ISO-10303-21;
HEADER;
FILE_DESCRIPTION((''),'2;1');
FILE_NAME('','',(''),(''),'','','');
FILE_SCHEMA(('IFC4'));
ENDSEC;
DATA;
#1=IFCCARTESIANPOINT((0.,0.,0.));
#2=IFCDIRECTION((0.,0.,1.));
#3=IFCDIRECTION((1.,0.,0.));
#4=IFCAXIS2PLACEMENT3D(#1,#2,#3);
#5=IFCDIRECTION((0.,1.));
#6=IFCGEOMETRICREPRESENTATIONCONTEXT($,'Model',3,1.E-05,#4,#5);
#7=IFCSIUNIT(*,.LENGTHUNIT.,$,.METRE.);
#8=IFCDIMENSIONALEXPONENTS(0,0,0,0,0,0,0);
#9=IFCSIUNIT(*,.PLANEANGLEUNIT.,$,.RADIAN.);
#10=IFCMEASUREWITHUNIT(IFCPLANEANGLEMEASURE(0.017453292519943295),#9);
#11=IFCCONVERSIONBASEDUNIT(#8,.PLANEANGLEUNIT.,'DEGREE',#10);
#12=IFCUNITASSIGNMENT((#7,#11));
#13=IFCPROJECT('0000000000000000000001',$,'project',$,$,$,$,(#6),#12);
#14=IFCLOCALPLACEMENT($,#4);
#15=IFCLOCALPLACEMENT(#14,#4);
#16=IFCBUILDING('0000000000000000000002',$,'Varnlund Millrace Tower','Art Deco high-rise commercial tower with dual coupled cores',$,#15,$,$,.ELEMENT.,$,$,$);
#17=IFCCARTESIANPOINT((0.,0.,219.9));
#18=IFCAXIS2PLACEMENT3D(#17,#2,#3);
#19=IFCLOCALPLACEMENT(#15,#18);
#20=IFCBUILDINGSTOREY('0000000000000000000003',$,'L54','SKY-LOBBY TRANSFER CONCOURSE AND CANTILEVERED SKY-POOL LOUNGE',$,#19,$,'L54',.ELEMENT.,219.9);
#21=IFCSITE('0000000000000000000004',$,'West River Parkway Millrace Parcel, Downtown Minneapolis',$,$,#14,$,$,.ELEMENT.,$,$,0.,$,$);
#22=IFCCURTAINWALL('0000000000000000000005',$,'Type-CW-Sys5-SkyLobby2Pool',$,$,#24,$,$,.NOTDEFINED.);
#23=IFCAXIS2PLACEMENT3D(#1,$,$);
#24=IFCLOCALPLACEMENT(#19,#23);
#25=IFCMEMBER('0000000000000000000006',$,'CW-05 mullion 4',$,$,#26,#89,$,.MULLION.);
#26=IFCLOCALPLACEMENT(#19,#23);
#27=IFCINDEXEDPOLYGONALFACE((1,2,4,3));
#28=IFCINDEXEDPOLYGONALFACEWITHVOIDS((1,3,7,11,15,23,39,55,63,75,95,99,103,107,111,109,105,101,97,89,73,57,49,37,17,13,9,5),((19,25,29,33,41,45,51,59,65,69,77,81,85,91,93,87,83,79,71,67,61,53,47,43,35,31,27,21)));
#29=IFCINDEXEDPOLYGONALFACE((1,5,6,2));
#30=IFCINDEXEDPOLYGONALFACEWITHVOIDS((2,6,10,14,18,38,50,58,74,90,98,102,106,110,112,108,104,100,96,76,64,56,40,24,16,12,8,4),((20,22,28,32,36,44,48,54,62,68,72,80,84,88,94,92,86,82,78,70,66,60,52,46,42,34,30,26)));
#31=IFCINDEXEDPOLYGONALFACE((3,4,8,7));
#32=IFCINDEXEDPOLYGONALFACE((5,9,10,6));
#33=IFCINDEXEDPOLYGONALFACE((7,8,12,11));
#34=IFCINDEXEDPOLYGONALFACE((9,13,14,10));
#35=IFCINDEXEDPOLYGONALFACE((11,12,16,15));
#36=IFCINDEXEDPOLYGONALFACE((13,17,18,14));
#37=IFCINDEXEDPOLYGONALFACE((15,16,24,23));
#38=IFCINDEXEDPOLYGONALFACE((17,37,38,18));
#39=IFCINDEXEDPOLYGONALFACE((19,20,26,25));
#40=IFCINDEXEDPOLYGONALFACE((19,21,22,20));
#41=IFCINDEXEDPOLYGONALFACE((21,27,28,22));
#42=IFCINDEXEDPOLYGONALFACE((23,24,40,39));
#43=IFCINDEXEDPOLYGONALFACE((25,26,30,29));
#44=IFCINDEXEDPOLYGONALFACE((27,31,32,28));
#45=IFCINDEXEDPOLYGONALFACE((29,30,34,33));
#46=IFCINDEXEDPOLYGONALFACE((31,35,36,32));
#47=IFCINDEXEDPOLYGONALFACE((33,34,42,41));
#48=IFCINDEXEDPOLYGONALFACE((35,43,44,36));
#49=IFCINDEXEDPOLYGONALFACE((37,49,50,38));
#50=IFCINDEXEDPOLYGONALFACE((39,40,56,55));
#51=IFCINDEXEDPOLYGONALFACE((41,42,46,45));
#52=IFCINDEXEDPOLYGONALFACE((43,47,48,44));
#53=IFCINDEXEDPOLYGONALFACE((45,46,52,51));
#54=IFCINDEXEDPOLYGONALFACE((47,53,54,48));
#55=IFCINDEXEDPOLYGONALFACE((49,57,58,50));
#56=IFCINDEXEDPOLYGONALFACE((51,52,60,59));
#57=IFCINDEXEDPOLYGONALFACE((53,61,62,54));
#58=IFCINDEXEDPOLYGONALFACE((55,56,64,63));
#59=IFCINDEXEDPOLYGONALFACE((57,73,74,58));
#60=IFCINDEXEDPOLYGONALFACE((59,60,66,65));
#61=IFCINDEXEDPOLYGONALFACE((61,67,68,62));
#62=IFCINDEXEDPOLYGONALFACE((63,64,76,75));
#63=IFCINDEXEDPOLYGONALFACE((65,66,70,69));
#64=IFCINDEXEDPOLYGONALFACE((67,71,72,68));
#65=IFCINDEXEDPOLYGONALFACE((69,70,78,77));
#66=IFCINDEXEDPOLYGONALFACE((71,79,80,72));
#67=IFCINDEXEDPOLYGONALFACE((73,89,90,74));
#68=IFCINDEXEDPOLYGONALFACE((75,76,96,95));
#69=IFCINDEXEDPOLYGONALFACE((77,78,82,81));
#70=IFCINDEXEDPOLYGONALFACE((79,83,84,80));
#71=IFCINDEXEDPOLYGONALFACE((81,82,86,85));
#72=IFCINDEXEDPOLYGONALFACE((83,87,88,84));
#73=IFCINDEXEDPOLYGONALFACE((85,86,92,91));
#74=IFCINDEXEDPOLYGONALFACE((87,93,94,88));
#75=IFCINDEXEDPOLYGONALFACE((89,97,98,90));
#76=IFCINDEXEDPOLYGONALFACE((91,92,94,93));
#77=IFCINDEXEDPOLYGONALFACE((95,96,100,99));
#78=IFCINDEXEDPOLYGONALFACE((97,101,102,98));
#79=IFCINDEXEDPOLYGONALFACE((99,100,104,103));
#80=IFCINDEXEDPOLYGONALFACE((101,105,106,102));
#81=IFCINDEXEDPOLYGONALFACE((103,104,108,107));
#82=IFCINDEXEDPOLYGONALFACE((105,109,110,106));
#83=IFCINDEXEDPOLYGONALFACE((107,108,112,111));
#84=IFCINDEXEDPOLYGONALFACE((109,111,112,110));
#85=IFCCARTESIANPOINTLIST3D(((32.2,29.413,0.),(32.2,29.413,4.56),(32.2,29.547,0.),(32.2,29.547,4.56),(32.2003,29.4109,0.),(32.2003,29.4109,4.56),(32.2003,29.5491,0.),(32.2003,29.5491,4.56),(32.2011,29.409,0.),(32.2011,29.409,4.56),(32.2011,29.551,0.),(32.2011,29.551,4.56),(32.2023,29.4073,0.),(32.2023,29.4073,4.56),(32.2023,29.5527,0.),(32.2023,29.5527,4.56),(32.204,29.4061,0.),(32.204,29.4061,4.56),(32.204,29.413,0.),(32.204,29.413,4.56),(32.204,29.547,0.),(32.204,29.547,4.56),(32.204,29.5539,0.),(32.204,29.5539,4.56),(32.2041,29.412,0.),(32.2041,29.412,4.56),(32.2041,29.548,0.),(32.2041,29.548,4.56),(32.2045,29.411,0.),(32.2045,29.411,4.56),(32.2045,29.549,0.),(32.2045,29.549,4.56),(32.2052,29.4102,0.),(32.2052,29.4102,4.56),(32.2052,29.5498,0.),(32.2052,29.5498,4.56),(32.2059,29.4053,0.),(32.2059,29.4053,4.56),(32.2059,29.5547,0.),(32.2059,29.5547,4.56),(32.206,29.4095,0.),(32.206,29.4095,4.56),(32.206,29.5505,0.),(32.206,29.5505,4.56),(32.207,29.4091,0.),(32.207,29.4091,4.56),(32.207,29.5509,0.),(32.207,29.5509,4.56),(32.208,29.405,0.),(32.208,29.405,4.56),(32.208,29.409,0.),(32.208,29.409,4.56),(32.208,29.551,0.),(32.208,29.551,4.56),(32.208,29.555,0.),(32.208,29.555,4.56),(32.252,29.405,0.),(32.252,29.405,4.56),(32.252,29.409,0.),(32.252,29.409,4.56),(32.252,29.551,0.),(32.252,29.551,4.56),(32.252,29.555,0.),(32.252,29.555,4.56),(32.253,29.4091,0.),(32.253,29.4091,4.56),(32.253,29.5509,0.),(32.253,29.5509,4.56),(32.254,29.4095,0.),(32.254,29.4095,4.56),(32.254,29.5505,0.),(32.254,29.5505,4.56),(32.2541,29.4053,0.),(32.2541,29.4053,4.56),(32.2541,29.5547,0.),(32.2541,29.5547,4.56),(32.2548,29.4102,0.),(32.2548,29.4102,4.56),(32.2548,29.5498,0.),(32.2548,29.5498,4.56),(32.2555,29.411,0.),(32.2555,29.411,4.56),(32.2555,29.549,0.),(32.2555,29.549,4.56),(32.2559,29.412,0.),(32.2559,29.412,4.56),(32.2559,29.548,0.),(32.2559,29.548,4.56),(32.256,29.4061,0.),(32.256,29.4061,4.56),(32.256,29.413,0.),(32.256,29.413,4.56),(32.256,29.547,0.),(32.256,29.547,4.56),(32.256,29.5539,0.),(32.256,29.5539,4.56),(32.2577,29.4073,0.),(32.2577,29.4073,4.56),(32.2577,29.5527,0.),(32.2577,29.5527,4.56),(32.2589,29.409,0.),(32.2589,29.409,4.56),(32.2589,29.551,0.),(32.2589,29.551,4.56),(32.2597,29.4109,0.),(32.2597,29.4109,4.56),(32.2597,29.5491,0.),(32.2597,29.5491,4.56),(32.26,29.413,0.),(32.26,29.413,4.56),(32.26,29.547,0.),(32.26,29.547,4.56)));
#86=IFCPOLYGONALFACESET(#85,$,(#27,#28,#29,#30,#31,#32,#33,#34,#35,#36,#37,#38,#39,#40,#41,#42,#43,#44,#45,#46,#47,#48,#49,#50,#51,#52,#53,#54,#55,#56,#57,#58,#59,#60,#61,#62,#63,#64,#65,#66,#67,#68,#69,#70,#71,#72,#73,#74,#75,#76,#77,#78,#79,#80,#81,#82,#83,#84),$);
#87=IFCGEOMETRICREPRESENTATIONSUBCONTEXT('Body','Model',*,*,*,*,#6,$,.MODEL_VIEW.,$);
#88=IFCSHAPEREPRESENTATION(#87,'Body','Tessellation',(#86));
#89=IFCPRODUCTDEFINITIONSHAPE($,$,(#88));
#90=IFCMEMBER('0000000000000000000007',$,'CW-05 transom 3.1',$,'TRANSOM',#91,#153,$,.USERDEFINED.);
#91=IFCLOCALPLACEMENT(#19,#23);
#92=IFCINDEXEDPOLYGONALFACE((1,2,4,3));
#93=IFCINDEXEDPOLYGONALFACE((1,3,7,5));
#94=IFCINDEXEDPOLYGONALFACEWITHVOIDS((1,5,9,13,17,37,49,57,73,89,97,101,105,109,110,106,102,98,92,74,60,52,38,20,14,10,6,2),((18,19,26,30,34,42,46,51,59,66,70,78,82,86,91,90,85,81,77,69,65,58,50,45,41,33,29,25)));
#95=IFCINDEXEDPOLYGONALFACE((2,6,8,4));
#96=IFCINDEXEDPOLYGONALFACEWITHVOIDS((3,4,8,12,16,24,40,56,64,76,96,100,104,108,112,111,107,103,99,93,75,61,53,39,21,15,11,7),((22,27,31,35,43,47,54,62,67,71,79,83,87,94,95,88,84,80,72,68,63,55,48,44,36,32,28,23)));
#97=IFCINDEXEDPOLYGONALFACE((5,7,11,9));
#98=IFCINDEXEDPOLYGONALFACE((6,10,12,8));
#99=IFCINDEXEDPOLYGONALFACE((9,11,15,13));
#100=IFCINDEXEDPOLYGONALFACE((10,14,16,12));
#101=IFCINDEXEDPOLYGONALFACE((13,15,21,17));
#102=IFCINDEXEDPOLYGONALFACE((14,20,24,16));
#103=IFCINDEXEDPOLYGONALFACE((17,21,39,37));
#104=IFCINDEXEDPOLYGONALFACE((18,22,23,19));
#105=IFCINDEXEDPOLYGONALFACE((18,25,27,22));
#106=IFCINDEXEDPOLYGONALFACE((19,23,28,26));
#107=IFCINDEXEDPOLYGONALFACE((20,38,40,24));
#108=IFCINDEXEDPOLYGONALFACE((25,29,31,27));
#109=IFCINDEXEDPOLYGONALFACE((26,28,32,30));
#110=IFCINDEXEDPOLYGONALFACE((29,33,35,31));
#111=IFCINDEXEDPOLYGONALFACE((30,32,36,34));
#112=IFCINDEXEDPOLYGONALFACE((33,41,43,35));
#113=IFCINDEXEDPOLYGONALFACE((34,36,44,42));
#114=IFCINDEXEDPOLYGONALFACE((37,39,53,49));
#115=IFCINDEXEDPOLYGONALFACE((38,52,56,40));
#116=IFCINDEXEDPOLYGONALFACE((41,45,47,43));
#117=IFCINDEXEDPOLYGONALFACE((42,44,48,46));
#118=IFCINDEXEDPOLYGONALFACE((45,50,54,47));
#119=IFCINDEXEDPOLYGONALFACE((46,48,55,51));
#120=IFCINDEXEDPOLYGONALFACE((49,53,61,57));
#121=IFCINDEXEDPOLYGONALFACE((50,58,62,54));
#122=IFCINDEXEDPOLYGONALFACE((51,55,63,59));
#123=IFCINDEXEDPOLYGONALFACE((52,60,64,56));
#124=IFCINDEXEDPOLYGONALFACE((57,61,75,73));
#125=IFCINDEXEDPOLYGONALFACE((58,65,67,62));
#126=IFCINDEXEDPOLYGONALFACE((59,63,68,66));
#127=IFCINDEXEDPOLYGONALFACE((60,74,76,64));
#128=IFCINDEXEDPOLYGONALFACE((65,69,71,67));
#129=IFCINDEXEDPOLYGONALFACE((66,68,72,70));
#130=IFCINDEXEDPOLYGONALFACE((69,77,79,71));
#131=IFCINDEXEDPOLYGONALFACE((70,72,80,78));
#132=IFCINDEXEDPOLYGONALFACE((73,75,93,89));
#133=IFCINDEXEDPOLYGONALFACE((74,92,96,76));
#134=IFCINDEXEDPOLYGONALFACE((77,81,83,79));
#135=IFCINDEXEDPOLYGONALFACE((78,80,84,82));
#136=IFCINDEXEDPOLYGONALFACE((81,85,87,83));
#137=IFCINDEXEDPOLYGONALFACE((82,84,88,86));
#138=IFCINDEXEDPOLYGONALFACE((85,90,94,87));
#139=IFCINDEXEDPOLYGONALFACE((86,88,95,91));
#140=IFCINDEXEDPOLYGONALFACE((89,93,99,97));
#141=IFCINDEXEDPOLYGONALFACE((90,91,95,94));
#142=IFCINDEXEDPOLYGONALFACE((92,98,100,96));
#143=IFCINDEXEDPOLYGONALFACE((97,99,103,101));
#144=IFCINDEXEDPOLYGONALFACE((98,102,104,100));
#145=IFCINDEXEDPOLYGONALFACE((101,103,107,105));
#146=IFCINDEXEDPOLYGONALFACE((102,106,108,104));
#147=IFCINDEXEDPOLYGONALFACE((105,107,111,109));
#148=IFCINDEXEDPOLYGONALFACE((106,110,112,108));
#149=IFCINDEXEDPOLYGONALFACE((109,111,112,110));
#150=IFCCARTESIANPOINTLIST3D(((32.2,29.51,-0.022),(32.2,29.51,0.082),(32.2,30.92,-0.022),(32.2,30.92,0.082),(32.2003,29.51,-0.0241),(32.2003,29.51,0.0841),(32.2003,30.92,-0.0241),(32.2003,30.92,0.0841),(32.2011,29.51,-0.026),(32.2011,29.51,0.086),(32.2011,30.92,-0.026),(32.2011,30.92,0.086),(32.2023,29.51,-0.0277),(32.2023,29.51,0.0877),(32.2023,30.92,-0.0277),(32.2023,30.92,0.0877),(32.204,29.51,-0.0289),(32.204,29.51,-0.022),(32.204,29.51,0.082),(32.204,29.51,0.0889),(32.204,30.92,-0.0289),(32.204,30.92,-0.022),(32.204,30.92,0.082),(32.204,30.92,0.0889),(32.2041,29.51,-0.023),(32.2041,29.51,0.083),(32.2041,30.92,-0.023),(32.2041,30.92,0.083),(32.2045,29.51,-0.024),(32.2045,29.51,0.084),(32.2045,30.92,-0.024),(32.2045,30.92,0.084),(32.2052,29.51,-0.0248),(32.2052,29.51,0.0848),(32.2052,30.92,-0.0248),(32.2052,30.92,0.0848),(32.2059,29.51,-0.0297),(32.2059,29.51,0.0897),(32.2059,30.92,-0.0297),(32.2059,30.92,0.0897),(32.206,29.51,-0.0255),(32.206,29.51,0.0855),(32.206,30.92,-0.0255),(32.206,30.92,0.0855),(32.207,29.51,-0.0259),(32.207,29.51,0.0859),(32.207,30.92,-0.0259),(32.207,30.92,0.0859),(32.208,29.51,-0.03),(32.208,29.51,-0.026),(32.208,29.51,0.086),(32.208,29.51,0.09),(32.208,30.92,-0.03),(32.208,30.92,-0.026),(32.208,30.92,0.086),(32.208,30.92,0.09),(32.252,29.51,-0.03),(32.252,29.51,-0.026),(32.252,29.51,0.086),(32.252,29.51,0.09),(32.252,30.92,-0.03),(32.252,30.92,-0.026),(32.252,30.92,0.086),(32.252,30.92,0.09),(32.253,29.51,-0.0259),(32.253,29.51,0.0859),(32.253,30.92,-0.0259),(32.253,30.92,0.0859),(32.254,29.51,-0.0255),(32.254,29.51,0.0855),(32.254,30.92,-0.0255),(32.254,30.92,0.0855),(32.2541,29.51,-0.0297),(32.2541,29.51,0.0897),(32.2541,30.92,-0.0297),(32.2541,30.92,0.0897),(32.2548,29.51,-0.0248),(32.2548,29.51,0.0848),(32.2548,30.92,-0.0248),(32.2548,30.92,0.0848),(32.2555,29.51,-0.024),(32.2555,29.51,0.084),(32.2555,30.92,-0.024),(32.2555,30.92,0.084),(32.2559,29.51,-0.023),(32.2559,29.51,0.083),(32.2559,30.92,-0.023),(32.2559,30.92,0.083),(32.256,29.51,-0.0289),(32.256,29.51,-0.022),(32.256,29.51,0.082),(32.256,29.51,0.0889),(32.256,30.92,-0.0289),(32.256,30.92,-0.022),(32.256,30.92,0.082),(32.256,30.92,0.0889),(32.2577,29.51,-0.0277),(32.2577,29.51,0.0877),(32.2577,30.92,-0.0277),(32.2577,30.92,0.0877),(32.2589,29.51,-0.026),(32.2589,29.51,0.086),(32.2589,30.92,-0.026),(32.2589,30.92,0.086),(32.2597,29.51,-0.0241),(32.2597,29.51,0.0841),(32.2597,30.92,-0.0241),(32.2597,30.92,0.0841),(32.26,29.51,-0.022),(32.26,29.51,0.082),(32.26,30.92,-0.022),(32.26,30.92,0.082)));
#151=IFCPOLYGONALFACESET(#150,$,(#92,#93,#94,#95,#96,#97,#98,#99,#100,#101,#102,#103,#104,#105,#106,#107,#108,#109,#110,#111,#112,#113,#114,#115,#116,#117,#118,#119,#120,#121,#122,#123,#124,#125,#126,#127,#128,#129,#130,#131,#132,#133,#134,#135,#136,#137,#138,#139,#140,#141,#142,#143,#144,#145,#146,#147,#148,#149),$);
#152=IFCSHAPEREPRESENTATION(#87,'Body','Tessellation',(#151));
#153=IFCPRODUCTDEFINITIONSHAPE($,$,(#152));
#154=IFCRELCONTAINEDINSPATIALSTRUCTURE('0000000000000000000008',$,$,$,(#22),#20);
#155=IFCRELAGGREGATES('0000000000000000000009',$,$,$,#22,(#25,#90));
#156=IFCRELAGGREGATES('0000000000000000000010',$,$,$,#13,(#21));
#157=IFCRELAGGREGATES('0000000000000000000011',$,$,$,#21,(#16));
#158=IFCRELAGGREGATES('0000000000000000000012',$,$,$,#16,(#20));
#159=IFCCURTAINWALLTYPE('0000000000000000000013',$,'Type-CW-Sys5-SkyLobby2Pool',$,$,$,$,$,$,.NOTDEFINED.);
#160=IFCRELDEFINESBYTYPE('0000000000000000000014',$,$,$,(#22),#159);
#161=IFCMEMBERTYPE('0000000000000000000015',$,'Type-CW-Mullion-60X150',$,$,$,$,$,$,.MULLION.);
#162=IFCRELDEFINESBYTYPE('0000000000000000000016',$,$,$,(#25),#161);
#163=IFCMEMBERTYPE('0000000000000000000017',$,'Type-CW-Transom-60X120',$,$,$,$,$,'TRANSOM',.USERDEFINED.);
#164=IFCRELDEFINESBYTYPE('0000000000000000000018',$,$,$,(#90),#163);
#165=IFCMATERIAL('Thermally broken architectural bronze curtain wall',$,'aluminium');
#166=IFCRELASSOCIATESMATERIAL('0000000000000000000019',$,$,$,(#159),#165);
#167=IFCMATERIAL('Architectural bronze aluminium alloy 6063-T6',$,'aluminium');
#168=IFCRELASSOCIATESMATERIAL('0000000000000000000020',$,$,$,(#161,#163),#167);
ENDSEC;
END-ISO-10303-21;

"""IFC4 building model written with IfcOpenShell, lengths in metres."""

from ifc_helpers import new_model, entity, si_unit, converted_unit, direction, frame, origin_with_axes, origin_2d_with_axis, place, context, subcontext, project, spatial, hollow_rectangle, extrude, material, material_profile, profile_set, type_object, element, aggregate, save


model = new_model("IFC4")

# Units and contexts
model_context = context("Model", 3, precision=1e-05, world=origin_with_axes(), true_north=direction((0.0, 1.0)))
body_context = subcontext(model_context, "Body", "Model", "MODEL_VIEW")
ifc_project = project(units=[si_unit("LENGTHUNIT", "METRE"), converted_unit("PLANEANGLEUNIT", "DEGREE", entity("IfcPlaneAngleMeasure", 0.017453292519943295), si_unit("PLANEANGLEUNIT", "RADIAN"), dimensions=[0, 0, 0, 0, 0, 0, 0])], contexts=[model_context])

# Site, building, storey
site_placement = place(None, origin_with_axes())
site = spatial("IfcSite", under=ifc_project, at=site_placement, Name="West River Parkway Millrace Parcel, Downtown Minneapolis", CompositionType="ELEMENT", RefElevation=0.0)
building_placement = place(site_placement, origin_with_axes())
building = spatial("IfcBuilding", under=site, at=building_placement, Name="Varnlund Millrace Tower", Description="Art Deco high-rise commercial tower with dual coupled cores", CompositionType="ELEMENT")
storey_placement = place(building_placement, frame((0.0, 0.0, 219.9), z_axis=(0.0, 0.0, 1.0), x_axis=(1.0, 0.0, 0.0)))
storey = spatial("IfcBuildingStorey", under=building, at=storey_placement, Name="L54", Description="SKY-LOBBY TRANSFER CONCOURSE AND CANTILEVERED SKY-POOL LOUNGE", LongName="L54", CompositionType="ELEMENT", Elevation=219.9)

# Curtain wall, members
ifc_material_1 = material(Name="Thermally broken architectural bronze curtain wall", Category="aluminium")
curtain_wall_type = type_object("IfcCurtainWallType", Name="Type-CW-Sys5-SkyLobby2Pool", PredefinedType="NOTDEFINED", material=ifc_material_1)
curtain_wall_placement = place(storey_placement, frame((32.23, 33.95, 0.0), z_axis=(0.0, 0.0, 1.0), x_axis=(1.0, 0.0, 0.0)))
curtain_wall = element("IfcCurtainWall", 1, at=curtain_wall_placement, inside=storey, type_object=curtain_wall_type, Name="Type-CW-Sys5-SkyLobby2Pool", PredefinedType="NOTDEFINED")
ifc_material_2 = material(Name="Architectural bronze aluminium alloy 6063-T6", Category="aluminium")
ifc_material_profile_1 = material_profile(ifc_material_2, hollow_rectangle(XDim=0.06, YDim=0.15, WallThickness=0.004, InnerFilletRadius=0.004, OuterFilletRadius=0.008, at=origin_2d_with_axis()), Name="Architectural bronze aluminium alloy 6063-T6")
ifc_profile_set_1 = profile_set([ifc_material_profile_1], Name="Architectural bronze aluminium alloy 6063-T6")
member_type_1 = type_object("IfcMemberType", Name="Type-CW-Mullion-60X150", PredefinedType="MULLION", material=ifc_profile_set_1)
member_1_placement = place(storey_placement, frame((32.23, 29.48, 0.0), z_axis=(0.0, 0.0, 1.0), x_axis=(1.0, 0.0, 0.0)))
member_1 = element("IfcMember", 2, at=member_1_placement, type_object=member_type_1, Name="CW-05 mullion 4", PredefinedType="MULLION", context=body_context, shape_type="SweptSolid", body=[
    extrude(hollow_rectangle(XDim=0.06, YDim=0.15, WallThickness=0.004, InnerFilletRadius=0.004, OuterFilletRadius=0.008, at=origin_2d_with_axis()), origin_with_axes(), (0.0, 0.0, 1.0), 4.56),
])
ifc_material_profile_2 = material_profile(ifc_material_2, hollow_rectangle(XDim=0.06, YDim=0.12, WallThickness=0.004, InnerFilletRadius=0.004, OuterFilletRadius=0.008, at=origin_2d_with_axis()), Name="Architectural bronze aluminium alloy 6063-T6")
ifc_profile_set_2 = profile_set([ifc_material_profile_2], Name="Architectural bronze aluminium alloy 6063-T6")
member_type_2 = type_object("IfcMemberType", Name="Type-CW-Transom-60X120", ElementType="TRANSOM", PredefinedType="USERDEFINED", material=ifc_profile_set_2)
member_2_placement = place(storey_placement, frame((32.23, 30.92, 0.03), z_axis=(0.0, -1.0, 0.0), x_axis=(1.0, 0.0, 0.0)))
member_2 = element("IfcMember", 3, at=member_2_placement, type_object=member_type_2, Name="CW-05 transom 3.1", ObjectType="TRANSOM", PredefinedType="USERDEFINED", context=body_context, shape_type="SweptSolid", body=[
    extrude(hollow_rectangle(XDim=0.06, YDim=0.12, WallThickness=0.004, InnerFilletRadius=0.004, OuterFilletRadius=0.008, at=origin_2d_with_axis()), origin_with_axes(), (0.0, 0.0, 1.0), 1.41),
])

aggregate(curtain_wall, [member_1, member_2])

save(model, "model.ifc")
